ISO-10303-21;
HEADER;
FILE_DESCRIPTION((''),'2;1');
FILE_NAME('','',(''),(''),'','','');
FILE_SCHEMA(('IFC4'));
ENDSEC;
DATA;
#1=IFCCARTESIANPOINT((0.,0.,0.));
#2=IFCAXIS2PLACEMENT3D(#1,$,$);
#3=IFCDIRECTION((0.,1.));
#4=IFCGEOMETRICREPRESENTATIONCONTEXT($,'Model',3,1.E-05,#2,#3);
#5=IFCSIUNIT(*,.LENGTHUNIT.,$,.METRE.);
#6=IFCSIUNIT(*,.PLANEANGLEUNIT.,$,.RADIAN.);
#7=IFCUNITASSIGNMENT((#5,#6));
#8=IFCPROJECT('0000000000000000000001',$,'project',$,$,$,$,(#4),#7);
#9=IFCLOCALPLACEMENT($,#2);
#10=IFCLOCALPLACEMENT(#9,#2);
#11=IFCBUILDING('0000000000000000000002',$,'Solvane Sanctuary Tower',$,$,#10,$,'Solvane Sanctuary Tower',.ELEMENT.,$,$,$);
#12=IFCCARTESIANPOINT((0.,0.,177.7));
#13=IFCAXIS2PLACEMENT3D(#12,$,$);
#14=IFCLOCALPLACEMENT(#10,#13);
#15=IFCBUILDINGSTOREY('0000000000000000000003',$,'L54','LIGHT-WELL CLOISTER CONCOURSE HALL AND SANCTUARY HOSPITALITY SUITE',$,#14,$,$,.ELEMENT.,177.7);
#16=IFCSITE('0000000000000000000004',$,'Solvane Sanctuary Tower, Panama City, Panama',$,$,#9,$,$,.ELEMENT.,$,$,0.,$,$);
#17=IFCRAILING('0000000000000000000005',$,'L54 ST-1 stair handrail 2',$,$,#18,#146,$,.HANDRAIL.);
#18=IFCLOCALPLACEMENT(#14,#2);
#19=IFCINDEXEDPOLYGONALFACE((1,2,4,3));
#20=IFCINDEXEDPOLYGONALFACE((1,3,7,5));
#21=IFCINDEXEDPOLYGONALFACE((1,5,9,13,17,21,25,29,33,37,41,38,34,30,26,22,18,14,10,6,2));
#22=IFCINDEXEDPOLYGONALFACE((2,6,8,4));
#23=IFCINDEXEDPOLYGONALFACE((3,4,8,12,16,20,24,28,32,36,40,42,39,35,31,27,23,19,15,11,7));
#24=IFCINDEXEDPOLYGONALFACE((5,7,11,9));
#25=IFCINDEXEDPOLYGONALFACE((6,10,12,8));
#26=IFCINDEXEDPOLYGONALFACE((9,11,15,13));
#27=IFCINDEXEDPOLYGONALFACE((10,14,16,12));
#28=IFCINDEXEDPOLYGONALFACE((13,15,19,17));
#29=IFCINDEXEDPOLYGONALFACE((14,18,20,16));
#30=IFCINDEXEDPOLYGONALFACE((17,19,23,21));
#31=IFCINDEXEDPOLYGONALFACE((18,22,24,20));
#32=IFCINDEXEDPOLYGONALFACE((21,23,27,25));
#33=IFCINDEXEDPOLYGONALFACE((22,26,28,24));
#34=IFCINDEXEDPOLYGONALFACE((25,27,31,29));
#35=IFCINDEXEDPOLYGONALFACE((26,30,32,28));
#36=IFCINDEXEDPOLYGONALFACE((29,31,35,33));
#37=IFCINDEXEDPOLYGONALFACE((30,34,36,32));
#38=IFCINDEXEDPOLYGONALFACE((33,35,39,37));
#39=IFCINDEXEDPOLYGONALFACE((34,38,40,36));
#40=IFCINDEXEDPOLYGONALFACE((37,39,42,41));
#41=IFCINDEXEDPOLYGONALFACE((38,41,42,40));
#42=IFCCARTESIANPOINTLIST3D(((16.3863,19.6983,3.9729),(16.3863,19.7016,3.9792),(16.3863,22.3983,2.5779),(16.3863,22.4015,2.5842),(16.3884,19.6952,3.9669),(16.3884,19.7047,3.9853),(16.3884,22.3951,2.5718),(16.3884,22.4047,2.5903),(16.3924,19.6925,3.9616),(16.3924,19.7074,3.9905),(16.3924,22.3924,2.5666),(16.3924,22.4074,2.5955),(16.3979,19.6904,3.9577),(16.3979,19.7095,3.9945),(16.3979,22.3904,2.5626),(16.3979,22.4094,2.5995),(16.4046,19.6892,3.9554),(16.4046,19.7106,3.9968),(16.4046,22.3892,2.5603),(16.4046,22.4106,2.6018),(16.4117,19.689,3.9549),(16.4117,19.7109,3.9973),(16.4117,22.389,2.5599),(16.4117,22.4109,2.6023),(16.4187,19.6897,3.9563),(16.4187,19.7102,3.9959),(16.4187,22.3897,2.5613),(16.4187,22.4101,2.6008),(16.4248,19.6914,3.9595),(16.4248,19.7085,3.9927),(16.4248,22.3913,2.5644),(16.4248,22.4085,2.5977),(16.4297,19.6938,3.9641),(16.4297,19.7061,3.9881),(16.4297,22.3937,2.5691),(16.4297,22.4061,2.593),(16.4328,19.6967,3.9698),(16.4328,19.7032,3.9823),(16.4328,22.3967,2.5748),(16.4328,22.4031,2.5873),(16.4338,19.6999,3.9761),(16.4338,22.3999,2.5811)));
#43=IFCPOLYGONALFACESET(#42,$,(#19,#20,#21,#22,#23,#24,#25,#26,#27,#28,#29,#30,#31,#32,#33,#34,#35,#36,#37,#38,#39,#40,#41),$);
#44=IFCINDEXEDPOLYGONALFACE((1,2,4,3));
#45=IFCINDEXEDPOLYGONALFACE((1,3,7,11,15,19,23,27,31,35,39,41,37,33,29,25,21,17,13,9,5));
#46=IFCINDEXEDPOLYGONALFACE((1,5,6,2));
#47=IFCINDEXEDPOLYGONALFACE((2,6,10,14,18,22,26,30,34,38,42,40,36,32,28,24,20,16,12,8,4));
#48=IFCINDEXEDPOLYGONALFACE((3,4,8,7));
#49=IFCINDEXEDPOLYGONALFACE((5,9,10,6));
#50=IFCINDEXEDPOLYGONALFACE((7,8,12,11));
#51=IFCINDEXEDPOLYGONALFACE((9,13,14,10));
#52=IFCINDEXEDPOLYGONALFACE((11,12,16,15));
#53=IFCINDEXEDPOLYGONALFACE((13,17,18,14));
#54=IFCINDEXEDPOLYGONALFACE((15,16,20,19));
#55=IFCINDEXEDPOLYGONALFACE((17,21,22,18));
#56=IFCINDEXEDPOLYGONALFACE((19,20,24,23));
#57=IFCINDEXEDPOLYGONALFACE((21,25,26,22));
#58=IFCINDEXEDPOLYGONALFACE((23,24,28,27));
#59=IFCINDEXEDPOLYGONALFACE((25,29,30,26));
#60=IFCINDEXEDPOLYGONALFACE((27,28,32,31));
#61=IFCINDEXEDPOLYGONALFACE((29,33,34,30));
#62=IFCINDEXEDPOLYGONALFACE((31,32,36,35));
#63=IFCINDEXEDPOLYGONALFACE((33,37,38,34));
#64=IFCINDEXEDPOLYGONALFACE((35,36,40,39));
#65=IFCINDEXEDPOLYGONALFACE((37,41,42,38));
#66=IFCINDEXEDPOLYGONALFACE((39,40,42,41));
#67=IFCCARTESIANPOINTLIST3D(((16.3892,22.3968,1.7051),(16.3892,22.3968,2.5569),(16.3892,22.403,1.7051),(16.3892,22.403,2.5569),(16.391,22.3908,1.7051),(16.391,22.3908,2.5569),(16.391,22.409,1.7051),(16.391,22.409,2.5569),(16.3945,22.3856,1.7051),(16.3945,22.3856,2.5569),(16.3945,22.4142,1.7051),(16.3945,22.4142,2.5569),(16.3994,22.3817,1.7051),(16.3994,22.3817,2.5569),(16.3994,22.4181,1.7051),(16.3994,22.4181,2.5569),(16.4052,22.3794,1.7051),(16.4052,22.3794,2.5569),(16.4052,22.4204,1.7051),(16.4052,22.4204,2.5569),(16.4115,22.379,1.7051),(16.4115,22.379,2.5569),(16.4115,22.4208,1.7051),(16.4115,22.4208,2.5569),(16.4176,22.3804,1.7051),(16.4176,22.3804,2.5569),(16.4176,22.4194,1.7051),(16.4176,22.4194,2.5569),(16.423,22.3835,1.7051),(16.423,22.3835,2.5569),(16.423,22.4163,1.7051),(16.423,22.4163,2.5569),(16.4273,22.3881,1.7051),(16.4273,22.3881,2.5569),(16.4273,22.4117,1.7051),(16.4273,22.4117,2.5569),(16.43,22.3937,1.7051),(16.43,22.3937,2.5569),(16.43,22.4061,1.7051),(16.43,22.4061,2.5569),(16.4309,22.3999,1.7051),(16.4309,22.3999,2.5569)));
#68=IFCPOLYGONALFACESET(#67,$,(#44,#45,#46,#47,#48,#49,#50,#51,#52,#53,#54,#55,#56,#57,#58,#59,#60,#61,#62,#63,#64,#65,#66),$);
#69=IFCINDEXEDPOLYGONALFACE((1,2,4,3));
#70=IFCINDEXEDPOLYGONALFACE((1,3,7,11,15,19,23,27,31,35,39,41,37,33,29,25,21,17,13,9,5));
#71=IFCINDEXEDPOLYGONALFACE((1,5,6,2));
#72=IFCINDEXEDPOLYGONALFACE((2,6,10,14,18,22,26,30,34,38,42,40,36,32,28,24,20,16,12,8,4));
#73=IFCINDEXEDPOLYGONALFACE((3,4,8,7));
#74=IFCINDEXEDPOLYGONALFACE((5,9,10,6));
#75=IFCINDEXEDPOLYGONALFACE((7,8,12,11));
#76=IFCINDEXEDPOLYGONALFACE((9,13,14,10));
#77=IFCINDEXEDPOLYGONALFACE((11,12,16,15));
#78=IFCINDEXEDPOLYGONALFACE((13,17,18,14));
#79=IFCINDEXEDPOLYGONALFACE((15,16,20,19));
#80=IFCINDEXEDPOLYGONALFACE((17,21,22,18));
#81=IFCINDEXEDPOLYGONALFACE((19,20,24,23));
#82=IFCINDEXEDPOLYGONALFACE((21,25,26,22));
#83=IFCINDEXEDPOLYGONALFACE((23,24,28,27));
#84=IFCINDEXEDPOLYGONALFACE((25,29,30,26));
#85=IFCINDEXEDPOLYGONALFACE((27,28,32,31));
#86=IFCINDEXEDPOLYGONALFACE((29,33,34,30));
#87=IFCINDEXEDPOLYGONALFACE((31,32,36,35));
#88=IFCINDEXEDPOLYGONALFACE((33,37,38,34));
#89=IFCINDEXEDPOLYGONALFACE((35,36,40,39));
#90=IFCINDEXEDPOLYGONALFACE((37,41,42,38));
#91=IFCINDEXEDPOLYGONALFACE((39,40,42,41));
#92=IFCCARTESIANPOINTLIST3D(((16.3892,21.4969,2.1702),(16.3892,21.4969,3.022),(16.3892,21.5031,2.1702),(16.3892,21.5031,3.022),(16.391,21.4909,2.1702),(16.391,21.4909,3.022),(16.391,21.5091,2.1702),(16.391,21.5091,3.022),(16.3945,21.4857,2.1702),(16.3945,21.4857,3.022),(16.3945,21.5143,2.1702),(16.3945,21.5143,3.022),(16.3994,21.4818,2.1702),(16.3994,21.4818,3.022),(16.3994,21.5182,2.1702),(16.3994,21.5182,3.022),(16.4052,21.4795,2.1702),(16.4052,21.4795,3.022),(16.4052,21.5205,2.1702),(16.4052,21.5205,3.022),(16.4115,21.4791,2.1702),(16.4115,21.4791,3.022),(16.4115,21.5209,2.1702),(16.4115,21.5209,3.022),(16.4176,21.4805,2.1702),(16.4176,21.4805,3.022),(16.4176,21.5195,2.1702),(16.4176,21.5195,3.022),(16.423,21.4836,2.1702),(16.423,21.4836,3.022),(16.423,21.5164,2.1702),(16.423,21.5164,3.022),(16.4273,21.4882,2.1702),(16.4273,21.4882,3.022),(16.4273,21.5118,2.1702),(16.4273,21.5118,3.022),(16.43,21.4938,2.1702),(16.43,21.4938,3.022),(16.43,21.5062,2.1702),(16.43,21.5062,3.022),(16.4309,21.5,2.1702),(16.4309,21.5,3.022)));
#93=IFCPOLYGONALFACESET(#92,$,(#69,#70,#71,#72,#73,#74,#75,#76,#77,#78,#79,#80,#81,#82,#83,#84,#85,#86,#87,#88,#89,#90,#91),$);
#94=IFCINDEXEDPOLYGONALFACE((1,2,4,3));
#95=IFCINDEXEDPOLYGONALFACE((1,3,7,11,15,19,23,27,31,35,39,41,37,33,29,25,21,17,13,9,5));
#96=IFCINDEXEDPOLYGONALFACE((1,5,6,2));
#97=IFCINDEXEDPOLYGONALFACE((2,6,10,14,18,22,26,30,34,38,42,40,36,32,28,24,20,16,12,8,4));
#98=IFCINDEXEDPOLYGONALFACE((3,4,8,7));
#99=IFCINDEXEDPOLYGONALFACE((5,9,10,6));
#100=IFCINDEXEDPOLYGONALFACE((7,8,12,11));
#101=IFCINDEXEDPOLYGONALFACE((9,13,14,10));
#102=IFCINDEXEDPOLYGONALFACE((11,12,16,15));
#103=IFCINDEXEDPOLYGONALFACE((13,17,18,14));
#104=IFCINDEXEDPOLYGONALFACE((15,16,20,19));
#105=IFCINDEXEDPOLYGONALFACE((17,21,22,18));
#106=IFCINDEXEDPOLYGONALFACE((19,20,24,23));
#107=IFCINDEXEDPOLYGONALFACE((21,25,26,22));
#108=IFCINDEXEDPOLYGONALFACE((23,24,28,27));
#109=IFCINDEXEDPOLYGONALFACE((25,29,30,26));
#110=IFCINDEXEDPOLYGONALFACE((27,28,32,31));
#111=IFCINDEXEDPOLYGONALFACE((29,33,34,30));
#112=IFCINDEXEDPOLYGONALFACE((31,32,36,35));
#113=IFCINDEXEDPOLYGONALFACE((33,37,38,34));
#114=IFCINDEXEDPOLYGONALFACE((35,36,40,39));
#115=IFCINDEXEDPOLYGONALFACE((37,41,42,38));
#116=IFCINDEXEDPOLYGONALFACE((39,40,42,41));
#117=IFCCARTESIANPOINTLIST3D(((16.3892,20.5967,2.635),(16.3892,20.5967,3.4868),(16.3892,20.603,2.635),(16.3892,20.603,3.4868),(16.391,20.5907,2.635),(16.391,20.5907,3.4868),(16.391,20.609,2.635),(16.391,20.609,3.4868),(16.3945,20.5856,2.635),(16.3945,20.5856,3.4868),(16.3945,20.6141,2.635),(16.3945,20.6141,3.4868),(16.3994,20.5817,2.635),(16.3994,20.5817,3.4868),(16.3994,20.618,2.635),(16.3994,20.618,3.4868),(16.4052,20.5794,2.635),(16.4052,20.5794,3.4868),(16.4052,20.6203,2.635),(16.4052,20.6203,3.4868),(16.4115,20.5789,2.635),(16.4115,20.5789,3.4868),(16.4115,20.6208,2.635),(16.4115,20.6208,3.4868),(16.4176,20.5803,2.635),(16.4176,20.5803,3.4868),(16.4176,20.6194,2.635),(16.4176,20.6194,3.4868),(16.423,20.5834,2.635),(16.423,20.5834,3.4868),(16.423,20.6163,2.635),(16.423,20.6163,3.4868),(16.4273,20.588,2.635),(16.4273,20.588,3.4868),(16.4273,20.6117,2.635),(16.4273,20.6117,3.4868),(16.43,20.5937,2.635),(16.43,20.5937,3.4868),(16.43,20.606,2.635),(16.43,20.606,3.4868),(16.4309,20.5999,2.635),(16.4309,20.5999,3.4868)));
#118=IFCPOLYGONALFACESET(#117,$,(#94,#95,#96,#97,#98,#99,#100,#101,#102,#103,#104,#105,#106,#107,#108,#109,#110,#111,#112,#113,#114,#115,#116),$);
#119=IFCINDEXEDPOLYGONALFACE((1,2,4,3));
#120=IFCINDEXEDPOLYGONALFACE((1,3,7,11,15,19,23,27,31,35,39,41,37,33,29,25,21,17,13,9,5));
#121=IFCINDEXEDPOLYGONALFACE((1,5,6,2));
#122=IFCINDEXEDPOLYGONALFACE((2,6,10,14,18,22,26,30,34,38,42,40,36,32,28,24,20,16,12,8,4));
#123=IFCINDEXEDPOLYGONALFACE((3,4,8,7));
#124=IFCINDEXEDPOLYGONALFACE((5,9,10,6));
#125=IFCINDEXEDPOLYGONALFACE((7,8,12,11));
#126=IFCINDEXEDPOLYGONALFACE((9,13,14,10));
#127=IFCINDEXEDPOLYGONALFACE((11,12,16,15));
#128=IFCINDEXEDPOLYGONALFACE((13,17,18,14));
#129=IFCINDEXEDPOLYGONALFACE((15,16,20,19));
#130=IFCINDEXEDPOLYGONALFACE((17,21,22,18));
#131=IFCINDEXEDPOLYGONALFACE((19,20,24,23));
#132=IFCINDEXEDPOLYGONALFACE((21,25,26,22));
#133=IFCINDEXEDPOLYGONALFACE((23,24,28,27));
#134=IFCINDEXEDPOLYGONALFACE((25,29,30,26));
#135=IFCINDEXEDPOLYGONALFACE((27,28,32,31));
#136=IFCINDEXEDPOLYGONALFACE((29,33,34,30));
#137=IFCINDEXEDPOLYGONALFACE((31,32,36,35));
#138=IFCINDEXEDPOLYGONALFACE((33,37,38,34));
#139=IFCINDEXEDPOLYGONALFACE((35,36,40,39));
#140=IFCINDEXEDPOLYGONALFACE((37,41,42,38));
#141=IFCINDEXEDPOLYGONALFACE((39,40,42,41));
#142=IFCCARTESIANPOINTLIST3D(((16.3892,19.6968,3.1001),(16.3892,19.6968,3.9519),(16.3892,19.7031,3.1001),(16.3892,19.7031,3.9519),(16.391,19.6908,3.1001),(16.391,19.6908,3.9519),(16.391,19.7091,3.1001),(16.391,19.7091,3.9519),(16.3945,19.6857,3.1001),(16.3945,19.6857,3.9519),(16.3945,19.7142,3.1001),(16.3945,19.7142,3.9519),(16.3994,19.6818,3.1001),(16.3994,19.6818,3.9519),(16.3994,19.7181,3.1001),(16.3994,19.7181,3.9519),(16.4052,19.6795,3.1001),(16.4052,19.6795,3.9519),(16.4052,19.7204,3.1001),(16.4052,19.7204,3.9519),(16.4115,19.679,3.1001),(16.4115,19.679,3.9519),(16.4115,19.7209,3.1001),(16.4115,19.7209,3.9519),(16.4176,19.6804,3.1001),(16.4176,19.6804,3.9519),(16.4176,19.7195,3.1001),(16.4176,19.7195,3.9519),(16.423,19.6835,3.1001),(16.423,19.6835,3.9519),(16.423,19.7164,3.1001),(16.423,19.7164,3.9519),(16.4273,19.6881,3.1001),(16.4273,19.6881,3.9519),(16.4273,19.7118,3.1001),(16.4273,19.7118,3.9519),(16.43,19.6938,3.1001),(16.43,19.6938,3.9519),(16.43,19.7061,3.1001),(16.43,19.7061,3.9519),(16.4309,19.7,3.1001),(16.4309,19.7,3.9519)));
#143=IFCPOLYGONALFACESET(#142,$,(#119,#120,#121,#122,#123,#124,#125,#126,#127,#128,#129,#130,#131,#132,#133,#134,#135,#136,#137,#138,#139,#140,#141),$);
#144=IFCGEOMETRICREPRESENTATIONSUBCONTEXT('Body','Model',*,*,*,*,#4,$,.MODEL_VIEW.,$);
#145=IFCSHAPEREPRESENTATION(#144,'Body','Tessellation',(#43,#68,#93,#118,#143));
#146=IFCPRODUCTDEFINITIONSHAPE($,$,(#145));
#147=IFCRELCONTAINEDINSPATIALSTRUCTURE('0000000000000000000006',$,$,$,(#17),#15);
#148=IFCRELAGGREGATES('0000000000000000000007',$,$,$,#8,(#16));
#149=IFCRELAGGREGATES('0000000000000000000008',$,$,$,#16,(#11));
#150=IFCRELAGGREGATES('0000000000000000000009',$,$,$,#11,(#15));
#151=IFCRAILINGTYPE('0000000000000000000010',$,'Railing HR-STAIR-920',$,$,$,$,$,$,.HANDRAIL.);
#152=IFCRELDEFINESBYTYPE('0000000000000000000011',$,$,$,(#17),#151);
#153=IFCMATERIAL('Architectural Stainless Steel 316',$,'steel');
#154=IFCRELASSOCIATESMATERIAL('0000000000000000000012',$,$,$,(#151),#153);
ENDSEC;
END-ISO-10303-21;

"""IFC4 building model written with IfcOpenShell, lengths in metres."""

from ifc_helpers import new_model, si_unit, direction, frame, origin, origin_2d, place, context, subcontext, project, spatial, circle, extrude, material, type_object, element, save


model = new_model("IFC4")

# Units and contexts
model_context = context("Model", 3, precision=1e-05, world=origin(), true_north=direction((0.0, 1.0)))
body_context = subcontext(model_context, "Body", "Model", "MODEL_VIEW")
ifc_project = project(units=[si_unit("LENGTHUNIT", "METRE"), si_unit("PLANEANGLEUNIT", "RADIAN")], contexts=[model_context])

# Site, building, storey
site_placement = place(None, origin())
site = spatial("IfcSite", under=ifc_project, at=site_placement, Name="Solvane Sanctuary Tower, Panama City, Panama", CompositionType="ELEMENT", RefElevation=0.0)
building_placement = place(site_placement, origin())
building = spatial("IfcBuilding", under=site, at=building_placement, Name="Solvane Sanctuary Tower", LongName="Solvane Sanctuary Tower", CompositionType="ELEMENT")
storey_placement = place(building_placement, frame((0.0, 0.0, 177.7)))
storey = spatial("IfcBuildingStorey", under=building, at=storey_placement, Name="L54", Description="LIGHT-WELL CLOISTER CONCOURSE HALL AND SANCTUARY HOSPITALITY SUITE", CompositionType="ELEMENT", Elevation=177.7)

# Shared definitions
ifc_material_1 = material(Name="Architectural Stainless Steel 316", Category="steel")

# Railing
railing_type_1 = type_object("IfcRailingType", Name="Railing HR-STAIR-920", PredefinedType="HANDRAIL", material=ifc_material_1)
railing_1_placement = place(storey_placement, frame((16.4099, 22.3999, 1.7051)))
element("IfcRailing", 1, at=railing_1_placement, inside=storey, type_object=railing_type_1, Name="L54 ST-1 stair handrail 2", PredefinedType="HANDRAIL", context=body_context, shape_type="SweptSolid", body=[
    extrude(circle(Radius=0.0239, at=origin_2d()), frame((0.0, 0.0, 0.876), z_axis=(0.0, -0.88842, 0.459032), x_axis=(1.0, 0.0, 0.0)), (0.0, 0.0, 1.0), 3.0391),
    extrude(circle(Radius=0.021, at=origin_2d()), origin(), (0.0, 0.0, 1.0), 0.8518),
    extrude(circle(Radius=0.021, at=origin_2d()), frame((0.0, -0.8999, 0.4651)), (0.0, 0.0, 1.0), 0.8518),
    extrude(circle(Radius=0.021, at=origin_2d()), frame((0.0, -1.8, 0.9299)), (0.0, 0.0, 1.0), 0.8518),
    extrude(circle(Radius=0.021, at=origin_2d()), frame((0.0, -2.7, 1.395)), (0.0, 0.0, 1.0), 0.8518),
])

save(model, "model.ifc")
